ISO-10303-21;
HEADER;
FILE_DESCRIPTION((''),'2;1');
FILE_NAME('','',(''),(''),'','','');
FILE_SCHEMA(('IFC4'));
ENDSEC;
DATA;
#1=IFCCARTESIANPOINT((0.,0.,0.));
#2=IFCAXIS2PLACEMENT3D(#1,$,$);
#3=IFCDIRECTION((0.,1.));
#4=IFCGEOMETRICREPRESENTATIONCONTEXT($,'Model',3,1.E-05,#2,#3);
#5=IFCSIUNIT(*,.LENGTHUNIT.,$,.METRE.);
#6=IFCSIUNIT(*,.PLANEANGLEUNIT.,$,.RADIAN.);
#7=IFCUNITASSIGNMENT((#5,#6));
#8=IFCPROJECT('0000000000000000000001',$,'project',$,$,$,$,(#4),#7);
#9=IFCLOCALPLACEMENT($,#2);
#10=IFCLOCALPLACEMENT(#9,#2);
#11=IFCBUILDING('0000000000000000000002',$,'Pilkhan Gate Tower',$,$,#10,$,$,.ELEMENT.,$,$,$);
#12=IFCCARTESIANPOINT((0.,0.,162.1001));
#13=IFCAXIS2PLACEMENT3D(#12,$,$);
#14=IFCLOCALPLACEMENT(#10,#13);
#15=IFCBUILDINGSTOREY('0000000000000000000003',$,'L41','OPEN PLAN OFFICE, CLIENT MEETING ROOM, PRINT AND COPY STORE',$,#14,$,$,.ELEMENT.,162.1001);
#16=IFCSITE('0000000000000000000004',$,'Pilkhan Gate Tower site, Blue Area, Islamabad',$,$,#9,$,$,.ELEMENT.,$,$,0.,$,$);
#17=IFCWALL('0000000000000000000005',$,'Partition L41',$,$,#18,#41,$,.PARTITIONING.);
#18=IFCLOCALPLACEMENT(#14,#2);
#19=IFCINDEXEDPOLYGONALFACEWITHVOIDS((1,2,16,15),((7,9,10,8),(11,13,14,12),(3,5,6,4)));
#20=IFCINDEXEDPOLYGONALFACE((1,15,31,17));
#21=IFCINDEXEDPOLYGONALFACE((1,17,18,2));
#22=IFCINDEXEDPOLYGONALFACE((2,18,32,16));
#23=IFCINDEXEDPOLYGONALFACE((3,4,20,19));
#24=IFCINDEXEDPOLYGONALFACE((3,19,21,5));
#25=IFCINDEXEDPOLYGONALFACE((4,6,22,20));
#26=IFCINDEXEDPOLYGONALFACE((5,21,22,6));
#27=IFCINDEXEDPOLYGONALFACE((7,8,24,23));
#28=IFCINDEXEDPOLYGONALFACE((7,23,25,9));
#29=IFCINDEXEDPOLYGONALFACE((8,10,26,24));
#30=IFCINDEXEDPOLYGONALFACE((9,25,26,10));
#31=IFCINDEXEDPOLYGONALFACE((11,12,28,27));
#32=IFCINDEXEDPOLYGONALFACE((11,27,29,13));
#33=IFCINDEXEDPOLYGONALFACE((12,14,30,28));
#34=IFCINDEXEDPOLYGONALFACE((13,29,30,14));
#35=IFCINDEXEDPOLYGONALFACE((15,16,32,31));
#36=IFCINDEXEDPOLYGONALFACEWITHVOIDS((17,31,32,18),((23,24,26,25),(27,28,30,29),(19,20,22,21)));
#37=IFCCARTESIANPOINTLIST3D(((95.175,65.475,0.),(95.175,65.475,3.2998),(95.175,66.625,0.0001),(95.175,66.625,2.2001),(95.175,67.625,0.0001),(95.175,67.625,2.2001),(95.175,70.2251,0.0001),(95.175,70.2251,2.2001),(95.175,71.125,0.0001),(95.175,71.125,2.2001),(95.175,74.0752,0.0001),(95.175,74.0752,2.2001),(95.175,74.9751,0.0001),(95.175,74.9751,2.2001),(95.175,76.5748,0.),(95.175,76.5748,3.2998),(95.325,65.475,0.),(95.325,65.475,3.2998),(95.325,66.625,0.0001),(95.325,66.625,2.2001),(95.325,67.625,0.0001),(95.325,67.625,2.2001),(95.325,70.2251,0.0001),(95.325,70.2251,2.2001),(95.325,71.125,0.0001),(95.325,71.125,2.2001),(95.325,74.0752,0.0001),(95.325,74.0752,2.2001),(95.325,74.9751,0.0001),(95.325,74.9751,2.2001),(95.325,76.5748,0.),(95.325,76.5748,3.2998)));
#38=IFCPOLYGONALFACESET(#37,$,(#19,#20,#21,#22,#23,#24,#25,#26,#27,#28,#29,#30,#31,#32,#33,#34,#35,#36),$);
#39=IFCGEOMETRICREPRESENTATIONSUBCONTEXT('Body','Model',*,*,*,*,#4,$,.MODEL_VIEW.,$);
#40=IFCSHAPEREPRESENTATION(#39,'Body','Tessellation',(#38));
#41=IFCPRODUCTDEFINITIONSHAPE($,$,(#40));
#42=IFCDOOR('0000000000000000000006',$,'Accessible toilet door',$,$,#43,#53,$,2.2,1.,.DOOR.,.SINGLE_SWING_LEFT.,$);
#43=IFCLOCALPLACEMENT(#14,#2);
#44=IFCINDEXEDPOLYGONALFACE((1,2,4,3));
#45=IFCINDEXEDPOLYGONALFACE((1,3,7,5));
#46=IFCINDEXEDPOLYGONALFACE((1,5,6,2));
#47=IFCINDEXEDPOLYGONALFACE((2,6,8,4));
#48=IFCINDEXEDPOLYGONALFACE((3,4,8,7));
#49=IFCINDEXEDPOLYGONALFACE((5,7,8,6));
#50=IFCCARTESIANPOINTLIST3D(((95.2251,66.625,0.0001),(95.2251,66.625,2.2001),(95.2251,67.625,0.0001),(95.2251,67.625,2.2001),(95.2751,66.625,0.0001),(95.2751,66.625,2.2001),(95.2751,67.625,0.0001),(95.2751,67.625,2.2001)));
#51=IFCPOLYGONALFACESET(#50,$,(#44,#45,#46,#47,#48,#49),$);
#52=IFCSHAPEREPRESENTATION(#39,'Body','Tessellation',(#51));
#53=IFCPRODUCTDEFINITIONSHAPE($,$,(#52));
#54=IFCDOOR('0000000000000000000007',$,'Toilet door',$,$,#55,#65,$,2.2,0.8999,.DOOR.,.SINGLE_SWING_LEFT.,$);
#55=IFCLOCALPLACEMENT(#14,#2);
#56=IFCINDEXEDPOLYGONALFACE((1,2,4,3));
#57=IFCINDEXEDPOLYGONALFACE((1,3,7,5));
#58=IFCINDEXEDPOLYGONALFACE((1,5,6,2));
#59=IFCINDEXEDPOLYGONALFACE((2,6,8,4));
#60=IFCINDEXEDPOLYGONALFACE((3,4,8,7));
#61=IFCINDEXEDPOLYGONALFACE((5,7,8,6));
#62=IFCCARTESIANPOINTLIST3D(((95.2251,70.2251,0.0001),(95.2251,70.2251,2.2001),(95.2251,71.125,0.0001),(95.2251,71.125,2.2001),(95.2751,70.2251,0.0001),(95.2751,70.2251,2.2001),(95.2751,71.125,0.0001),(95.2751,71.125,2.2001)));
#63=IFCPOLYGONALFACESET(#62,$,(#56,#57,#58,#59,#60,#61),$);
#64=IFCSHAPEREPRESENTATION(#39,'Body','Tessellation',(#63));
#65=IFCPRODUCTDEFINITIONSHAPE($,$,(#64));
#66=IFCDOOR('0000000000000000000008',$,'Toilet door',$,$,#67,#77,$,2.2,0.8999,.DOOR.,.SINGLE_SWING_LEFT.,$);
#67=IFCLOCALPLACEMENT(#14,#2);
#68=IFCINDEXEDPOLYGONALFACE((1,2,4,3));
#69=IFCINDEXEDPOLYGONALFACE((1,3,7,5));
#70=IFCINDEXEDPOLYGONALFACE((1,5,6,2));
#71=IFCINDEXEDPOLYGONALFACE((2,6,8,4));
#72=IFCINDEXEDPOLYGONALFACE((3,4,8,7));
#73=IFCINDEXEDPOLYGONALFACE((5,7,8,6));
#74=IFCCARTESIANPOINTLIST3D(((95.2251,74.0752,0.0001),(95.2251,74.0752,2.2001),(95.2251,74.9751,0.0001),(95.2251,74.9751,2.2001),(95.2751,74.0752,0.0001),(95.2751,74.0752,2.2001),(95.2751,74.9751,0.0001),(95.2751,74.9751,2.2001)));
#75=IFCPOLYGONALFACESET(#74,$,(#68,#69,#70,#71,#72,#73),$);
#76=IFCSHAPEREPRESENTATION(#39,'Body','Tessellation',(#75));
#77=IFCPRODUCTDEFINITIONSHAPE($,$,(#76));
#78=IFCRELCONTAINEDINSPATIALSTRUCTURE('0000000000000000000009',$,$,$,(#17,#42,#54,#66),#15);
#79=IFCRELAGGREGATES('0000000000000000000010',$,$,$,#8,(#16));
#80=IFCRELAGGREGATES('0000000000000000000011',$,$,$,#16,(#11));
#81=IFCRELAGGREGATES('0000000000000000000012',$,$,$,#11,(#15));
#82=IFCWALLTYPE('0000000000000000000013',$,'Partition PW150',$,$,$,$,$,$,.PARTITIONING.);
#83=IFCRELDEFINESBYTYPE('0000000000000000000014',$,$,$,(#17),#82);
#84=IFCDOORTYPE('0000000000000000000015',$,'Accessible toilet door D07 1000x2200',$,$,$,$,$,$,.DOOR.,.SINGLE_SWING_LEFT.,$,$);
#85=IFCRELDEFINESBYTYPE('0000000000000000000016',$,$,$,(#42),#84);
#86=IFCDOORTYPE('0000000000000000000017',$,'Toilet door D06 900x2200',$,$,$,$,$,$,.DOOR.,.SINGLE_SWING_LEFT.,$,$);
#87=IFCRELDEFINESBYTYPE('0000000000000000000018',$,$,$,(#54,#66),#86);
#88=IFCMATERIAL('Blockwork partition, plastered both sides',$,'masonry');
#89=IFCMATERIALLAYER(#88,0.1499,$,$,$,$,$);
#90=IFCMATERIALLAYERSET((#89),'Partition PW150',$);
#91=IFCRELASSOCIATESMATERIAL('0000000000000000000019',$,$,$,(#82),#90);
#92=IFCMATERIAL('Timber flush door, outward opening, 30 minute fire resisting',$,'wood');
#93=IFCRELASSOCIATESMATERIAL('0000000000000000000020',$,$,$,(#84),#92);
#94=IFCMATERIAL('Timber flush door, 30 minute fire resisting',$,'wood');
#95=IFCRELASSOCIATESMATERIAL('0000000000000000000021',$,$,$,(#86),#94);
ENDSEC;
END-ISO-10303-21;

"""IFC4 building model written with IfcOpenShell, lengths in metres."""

from ifc_helpers import new_model, si_unit, direction, frame, frame_2d, origin, place, context, subcontext, project, spatial, rectangle, extrude, material, layer, layer_set, type_object, element, fill, save


model = new_model("IFC4")

# Units and contexts
model_context = context("Model", 3, precision=1e-05, world=origin(), true_north=direction((0.0, 1.0)))
body_context = subcontext(model_context, "Body", "Model", "MODEL_VIEW")
ifc_project = project(units=[si_unit("LENGTHUNIT", "METRE"), si_unit("PLANEANGLEUNIT", "RADIAN")], contexts=[model_context])

# Site, building, storey
site_placement = place(None, origin())
site = spatial("IfcSite", under=ifc_project, at=site_placement, Name="Pilkhan Gate Tower site, Blue Area, Islamabad", CompositionType="ELEMENT", RefElevation=0.0)
building_placement = place(site_placement, origin())
building = spatial("IfcBuilding", under=site, at=building_placement, Name="Pilkhan Gate Tower", CompositionType="ELEMENT")
storey_placement = place(building_placement, frame((0.0, 0.0, 162.1001)))
storey = spatial("IfcBuildingStorey", under=building, at=storey_placement, Name="L41", Description="OPEN PLAN OFFICE, CLIENT MEETING ROOM, PRINT AND COPY STORE", CompositionType="ELEMENT", Elevation=162.1001)

# Shared definitions
ifc_material_1 = material(Name="Timber flush door, 30 minute fire resisting", Category="wood")

# Shared definitions
ifc_material_2 = material(Name="Blockwork partition, plastered both sides", Category="masonry")
ifc_layer_1 = layer(ifc_material_2, 0.1499)
ifc_layer_set_1 = layer_set([ifc_layer_1], Name="Partition PW150")
wall_type_1 = type_object("IfcWallType", Name="Partition PW150", PredefinedType="PARTITIONING", material=ifc_layer_set_1)

# Wall, openings, doors
wall_1_placement = place(storey_placement, frame((95.25, 65.4751, 0.0), z_axis=(0.0, 0.0, 1.0), x_axis=(0.0, 1.0, 0.0)))
wall_1 = element("IfcWall", 1, at=wall_1_placement, inside=storey, type_object=wall_type_1, Name="Partition L41", PredefinedType="PARTITIONING", context=body_context, shape_type="SweptSolid", body=[
    extrude(rectangle(XDim=11.0999, YDim=0.1499, at=frame_2d((5.5498, 0.0))), origin(), (0.0, 0.0, 1.0), 3.2998),
])
opening_1_placement = place(wall_1_placement, frame((1.1499, 0.0, 0.0)))
opening_1 = element("IfcOpeningElement", 2, at=opening_1_placement, cuts=wall_1, PredefinedType="OPENING", context=body_context, shape_type="SweptSolid", body=[
    extrude(rectangle(XDim=1.0, YDim=2.2, at=frame_2d((0.5, 1.1001))), frame((0.0, 0.085, 0.0), z_axis=(0.0, -1.0, 0.0), x_axis=(1.0, 0.0, 0.0)), (0.0, 0.0, 1.0), 0.1699),
])
opening_2_placement = place(wall_1_placement, frame((4.75, 0.0, 0.0)))
opening_2 = element("IfcOpeningElement", 3, at=opening_2_placement, cuts=wall_1, PredefinedType="OPENING", context=body_context, shape_type="SweptSolid", body=[
    extrude(rectangle(XDim=0.8999, YDim=2.2, at=frame_2d((0.45, 1.1001))), frame((0.0, 0.085, 0.0), z_axis=(0.0, -1.0, 0.0), x_axis=(1.0, 0.0, 0.0)), (0.0, 0.0, 1.0), 0.1699),
])
opening_3_placement = place(wall_1_placement, frame((8.6001, 0.0, 0.0)))
opening_3 = element("IfcOpeningElement", 4, at=opening_3_placement, cuts=wall_1, PredefinedType="OPENING", context=body_context, shape_type="SweptSolid", body=[
    extrude(rectangle(XDim=0.8999, YDim=2.2, at=frame_2d((0.45, 1.1001))), frame((0.0, 0.085, 0.0), z_axis=(0.0, -1.0, 0.0), x_axis=(1.0, 0.0, 0.0)), (0.0, 0.0, 1.0), 0.1699),
])
ifc_material_3 = material(Name="Timber flush door, outward opening, 30 minute fire resisting", Category="wood")
door_type_1 = type_object("IfcDoorType", Name="Accessible toilet door D07 1000x2200", OperationType="SINGLE_SWING_LEFT", PredefinedType="DOOR", material=ifc_material_3)
door_1_placement = place(opening_1_placement, origin())
door_1 = element("IfcDoor", 5, at=door_1_placement, inside=storey, type_object=door_type_1, Name="Accessible toilet door", OperationType="SINGLE_SWING_LEFT", OverallHeight=2.2, OverallWidth=1.0, PredefinedType="DOOR", context=body_context, shape_type="SweptSolid", body=[
    extrude(rectangle(XDim=1.0, YDim=2.2, at=frame_2d((0.5, 1.1001))), frame((0.0, 0.0249, 0.0), z_axis=(0.0, -1.0, 0.0), x_axis=(1.0, 0.0, 0.0)), (0.0, 0.0, 1.0), 0.05),
])
fill(opening_1, door_1)
door_type_2 = type_object("IfcDoorType", Name="Toilet door D06 900x2200", OperationType="SINGLE_SWING_LEFT", PredefinedType="DOOR", material=ifc_material_1)
door_2_placement = place(opening_2_placement, origin())
door_2 = element("IfcDoor", 6, at=door_2_placement, inside=storey, type_object=door_type_2, Name="Toilet door", OperationType="SINGLE_SWING_LEFT", OverallHeight=2.2, OverallWidth=0.8999, PredefinedType="DOOR", context=body_context, shape_type="SweptSolid", body=[
    extrude(rectangle(XDim=0.8999, YDim=2.2, at=frame_2d((0.45, 1.1001))), frame((0.0, 0.0249, 0.0), z_axis=(0.0, -1.0, 0.0), x_axis=(1.0, 0.0, 0.0)), (0.0, 0.0, 1.0), 0.05),
])
fill(opening_2, door_2)
door_3_placement = place(opening_3_placement, origin())
door_3 = element("IfcDoor", 7, at=door_3_placement, inside=storey, type_object=door_type_2, Name="Toilet door", OperationType="SINGLE_SWING_LEFT", OverallHeight=2.2, OverallWidth=0.8999, PredefinedType="DOOR", context=body_context, shape_type="SweptSolid", body=[
    extrude(rectangle(XDim=0.8999, YDim=2.2, at=frame_2d((0.45, 1.1001))), frame((0.0, 0.0249, 0.0), z_axis=(0.0, -1.0, 0.0), x_axis=(1.0, 0.0, 0.0)), (0.0, 0.0, 1.0), 0.05),
])
fill(opening_3, door_3)

save(model, "model.ifc")
